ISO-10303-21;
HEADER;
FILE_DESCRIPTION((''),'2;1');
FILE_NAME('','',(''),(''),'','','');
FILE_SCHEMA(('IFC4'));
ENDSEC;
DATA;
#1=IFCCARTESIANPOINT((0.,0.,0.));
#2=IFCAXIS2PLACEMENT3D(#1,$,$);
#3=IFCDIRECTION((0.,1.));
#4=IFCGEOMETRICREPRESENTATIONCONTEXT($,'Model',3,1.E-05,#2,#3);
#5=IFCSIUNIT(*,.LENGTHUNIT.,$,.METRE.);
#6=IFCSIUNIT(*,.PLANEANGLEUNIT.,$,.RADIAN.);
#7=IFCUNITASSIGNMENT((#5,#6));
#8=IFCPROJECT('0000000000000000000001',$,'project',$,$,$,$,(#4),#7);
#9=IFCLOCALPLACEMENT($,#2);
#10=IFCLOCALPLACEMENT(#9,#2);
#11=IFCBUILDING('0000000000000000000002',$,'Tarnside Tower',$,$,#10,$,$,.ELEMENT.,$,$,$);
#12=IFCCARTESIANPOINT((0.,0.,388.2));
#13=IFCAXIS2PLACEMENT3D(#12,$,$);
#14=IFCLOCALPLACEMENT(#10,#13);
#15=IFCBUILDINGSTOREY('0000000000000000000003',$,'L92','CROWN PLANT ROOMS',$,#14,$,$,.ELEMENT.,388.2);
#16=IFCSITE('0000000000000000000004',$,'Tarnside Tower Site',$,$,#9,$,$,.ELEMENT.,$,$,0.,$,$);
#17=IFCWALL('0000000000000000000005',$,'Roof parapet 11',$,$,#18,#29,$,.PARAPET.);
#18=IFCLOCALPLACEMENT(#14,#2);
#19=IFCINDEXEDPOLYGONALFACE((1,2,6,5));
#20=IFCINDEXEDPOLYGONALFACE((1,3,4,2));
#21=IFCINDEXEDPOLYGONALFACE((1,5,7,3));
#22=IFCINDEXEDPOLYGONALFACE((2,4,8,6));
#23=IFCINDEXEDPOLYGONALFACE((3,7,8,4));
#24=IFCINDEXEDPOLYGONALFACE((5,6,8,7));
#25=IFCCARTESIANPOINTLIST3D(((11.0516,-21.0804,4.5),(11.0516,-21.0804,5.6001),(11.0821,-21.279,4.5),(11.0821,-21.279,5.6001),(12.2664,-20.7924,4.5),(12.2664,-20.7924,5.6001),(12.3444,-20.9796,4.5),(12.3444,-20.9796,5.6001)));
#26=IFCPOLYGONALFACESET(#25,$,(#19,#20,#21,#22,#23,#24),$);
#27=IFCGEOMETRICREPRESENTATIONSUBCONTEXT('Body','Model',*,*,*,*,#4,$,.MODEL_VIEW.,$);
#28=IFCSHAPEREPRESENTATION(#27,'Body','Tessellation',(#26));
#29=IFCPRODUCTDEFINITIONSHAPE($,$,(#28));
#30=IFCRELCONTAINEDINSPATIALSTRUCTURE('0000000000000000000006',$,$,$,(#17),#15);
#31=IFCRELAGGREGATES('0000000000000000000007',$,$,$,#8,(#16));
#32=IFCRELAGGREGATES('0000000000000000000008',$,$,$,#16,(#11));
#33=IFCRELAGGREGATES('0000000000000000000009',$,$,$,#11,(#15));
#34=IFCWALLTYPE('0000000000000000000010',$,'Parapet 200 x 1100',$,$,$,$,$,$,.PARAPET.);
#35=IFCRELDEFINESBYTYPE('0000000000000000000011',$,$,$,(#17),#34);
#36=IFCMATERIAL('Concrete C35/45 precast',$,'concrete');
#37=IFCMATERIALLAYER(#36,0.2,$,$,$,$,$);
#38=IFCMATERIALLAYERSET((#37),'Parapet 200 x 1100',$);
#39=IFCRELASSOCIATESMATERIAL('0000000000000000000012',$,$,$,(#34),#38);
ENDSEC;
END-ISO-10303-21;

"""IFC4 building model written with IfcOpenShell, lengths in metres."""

from ifc_helpers import new_model, si_unit, direction, frame, origin, place, context, subcontext, project, spatial, polyline, outline, extrude, material, layer, layer_set, type_object, element, save


model = new_model("IFC4")

# Units and contexts
model_context = context("Model", 3, precision=1e-05, world=origin(), true_north=direction((0.0, 1.0)))
body_context = subcontext(model_context, "Body", "Model", "MODEL_VIEW")
ifc_project = project(units=[si_unit("LENGTHUNIT", "METRE"), si_unit("PLANEANGLEUNIT", "RADIAN")], contexts=[model_context])

# Site, building, storey
site_placement = place(None, origin())
site = spatial("IfcSite", under=ifc_project, at=site_placement, Name="Tarnside Tower Site", CompositionType="ELEMENT", RefElevation=0.0)
building_placement = place(site_placement, origin())
building = spatial("IfcBuilding", under=site, at=building_placement, Name="Tarnside Tower", CompositionType="ELEMENT")
storey_placement = place(building_placement, frame((0.0, 0.0, 388.2)))
storey = spatial("IfcBuildingStorey", under=building, at=storey_placement, Name="L92", Description="CROWN PLANT ROOMS", CompositionType="ELEMENT", Elevation=388.2)

# Wall
ifc_material_1 = material(Name="Concrete C35/45 precast", Category="concrete")
ifc_layer_1 = layer(ifc_material_1, 0.2)
ifc_layer_set_1 = layer_set([ifc_layer_1], Name="Parapet 200 x 1100")
wall_type = type_object("IfcWallType", Name="Parapet 200 x 1100", PredefinedType="PARAPET", material=ifc_layer_set_1)
wall_1_placement = place(storey_placement, frame((12.3054, -20.886, 4.5), z_axis=(0.0, 0.0, 1.0), x_axis=(-0.973016, -0.230739, 0.0)))
element("IfcWall", 1, at=wall_1_placement, inside=storey, type_object=wall_type, Name="Roof parapet 11", PredefinedType="PARAPET", context=body_context, shape_type="SweptSolid", body=[
    extrude(outline(polyline([(0.0164, -0.1001), (1.2649, -0.1001), (1.281, 0.1001), (-0.0164, 0.1001), (0.0164, -0.1001)])), origin(), (0.0, 0.0, 1.0), 1.1001),
])

save(model, "model.ifc")
